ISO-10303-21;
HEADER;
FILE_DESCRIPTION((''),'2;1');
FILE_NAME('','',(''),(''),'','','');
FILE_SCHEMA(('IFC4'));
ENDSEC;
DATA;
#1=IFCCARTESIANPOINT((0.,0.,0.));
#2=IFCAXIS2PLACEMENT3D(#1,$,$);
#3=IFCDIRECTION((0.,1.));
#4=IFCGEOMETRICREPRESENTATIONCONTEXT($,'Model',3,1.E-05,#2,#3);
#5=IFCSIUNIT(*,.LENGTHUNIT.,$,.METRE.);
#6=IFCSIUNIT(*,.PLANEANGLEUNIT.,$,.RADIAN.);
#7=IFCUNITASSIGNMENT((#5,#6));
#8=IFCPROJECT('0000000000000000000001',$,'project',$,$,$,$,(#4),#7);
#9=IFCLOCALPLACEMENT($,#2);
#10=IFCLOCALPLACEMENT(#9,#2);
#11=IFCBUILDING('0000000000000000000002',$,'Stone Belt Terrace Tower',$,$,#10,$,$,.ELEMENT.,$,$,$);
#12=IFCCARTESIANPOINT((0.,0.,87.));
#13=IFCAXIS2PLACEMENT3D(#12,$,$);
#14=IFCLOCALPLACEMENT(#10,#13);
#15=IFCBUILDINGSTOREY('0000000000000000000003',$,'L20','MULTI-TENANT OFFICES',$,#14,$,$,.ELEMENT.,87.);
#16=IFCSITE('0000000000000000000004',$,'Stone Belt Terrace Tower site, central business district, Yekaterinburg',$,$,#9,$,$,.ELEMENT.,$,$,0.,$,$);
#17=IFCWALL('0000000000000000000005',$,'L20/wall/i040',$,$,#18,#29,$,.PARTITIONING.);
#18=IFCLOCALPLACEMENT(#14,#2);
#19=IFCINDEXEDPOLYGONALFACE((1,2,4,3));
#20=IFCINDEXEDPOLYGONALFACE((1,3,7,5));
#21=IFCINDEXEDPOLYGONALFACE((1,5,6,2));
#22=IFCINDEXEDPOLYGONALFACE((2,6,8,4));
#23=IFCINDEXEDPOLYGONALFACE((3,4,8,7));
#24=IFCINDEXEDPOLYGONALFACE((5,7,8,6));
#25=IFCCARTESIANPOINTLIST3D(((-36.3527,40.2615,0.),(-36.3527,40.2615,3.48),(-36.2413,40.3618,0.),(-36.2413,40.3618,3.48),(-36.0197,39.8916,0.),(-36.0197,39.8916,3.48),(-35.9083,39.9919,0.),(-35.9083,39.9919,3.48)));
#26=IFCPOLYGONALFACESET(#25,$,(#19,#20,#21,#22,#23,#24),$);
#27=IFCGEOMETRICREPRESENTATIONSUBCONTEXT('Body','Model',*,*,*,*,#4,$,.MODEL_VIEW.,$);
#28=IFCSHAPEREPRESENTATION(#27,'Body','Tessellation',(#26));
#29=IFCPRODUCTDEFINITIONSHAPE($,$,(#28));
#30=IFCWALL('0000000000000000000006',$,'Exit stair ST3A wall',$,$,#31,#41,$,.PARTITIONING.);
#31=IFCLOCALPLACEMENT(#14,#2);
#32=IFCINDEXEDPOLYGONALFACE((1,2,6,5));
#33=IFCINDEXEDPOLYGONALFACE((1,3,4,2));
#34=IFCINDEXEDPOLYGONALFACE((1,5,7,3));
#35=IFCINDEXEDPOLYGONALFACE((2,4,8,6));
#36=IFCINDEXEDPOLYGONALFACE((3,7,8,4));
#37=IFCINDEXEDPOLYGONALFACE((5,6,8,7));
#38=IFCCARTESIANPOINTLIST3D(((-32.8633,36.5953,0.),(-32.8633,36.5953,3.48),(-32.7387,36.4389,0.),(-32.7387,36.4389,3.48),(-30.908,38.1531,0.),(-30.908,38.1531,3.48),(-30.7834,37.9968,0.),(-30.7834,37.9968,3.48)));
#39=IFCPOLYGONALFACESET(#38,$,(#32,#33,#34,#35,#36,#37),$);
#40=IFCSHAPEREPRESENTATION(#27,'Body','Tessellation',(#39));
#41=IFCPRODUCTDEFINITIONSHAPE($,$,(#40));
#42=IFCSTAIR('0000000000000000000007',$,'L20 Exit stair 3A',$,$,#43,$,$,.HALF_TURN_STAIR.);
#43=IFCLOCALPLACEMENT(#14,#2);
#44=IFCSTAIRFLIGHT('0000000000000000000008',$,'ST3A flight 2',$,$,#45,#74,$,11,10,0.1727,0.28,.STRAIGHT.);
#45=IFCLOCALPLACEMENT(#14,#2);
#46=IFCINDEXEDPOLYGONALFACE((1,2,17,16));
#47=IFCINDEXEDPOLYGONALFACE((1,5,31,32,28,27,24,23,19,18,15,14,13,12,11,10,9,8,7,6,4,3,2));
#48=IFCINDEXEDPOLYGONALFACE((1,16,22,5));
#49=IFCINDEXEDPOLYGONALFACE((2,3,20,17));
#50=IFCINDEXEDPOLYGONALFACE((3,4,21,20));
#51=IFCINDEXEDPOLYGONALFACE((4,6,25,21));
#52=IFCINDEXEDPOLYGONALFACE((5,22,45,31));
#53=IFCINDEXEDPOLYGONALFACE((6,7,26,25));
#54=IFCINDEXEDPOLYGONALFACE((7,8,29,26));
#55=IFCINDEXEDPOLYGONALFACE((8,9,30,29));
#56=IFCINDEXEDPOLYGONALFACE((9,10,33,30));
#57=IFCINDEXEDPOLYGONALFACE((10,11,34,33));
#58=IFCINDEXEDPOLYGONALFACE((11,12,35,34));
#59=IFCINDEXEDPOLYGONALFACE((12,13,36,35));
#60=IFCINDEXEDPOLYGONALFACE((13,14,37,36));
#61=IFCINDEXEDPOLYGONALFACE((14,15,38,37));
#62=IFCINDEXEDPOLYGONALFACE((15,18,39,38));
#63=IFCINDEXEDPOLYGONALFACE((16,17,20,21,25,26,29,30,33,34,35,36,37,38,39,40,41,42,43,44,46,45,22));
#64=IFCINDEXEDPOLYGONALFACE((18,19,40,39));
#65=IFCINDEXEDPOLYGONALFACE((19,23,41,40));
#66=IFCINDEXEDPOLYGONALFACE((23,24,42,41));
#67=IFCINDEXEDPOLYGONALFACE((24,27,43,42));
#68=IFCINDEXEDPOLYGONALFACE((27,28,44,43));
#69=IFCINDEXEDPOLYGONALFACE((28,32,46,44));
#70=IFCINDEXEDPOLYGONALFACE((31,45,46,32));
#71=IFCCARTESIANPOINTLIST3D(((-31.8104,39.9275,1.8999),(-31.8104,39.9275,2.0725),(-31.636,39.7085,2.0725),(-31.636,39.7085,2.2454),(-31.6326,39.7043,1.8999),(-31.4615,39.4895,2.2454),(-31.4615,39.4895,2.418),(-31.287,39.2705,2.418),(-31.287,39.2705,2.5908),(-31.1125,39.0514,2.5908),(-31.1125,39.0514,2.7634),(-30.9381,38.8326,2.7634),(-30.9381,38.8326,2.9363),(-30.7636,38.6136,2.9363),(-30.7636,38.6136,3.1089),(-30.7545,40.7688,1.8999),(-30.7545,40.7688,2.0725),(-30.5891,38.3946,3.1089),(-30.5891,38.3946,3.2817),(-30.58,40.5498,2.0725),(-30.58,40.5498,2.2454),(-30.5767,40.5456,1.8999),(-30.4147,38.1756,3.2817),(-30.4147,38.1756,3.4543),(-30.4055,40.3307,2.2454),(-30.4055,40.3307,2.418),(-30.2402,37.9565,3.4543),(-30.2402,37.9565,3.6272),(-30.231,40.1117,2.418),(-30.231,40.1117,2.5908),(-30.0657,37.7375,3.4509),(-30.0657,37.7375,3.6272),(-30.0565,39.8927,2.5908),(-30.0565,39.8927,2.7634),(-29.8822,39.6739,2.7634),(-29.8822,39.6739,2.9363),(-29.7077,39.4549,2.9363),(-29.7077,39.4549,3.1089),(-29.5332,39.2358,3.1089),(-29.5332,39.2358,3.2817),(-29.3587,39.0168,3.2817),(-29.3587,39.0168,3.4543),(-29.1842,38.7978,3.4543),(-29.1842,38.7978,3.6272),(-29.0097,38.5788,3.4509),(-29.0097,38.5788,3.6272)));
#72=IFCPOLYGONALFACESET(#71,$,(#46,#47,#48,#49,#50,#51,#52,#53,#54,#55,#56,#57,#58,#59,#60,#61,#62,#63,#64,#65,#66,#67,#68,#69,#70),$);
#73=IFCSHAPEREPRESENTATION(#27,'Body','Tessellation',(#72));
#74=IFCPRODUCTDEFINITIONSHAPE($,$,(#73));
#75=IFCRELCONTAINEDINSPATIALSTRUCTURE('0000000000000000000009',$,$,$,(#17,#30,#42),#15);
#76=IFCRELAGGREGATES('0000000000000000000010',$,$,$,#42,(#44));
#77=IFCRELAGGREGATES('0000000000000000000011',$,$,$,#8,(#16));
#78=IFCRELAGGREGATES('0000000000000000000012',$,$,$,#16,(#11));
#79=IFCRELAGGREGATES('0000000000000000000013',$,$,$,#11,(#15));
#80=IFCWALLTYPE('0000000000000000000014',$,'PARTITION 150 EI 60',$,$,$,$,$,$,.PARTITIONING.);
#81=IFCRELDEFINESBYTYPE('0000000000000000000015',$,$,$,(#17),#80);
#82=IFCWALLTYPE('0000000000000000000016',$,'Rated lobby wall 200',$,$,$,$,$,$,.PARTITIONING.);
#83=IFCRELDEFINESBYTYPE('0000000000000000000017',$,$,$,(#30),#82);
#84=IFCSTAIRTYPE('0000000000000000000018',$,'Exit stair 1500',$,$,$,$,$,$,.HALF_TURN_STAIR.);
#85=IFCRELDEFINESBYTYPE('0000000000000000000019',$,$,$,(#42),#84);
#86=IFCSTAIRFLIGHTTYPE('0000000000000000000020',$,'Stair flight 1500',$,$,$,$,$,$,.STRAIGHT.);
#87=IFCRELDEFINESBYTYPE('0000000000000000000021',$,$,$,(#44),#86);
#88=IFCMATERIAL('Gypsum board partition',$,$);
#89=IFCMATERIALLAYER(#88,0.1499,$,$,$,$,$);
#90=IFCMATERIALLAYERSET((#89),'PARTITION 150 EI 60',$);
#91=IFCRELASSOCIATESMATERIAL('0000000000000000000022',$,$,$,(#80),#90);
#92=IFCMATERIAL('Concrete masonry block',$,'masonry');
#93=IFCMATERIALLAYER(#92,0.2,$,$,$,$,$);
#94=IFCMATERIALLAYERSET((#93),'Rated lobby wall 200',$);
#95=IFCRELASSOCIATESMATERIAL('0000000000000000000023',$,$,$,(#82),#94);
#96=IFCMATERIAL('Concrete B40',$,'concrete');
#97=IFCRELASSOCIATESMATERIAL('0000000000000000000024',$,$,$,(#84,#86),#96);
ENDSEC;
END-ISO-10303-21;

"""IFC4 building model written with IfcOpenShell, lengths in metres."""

from ifc_helpers import new_model, si_unit, direction, frame, frame_2d, origin, place, context, subcontext, project, spatial, polyline, rectangle, outline, extrude, material, layer, layer_set, type_object, element, aggregate, save


model = new_model("IFC4")

# Units and contexts
model_context = context("Model", 3, precision=1e-05, world=origin(), true_north=direction((0.0, 1.0)))
body_context = subcontext(model_context, "Body", "Model", "MODEL_VIEW")
ifc_project = project(units=[si_unit("LENGTHUNIT", "METRE"), si_unit("PLANEANGLEUNIT", "RADIAN")], contexts=[model_context])

# Site, building, storey
site_placement = place(None, origin())
site = spatial("IfcSite", under=ifc_project, at=site_placement, Name="Stone Belt Terrace Tower site, central business district, Yekaterinburg", CompositionType="ELEMENT", RefElevation=0.0)
building_placement = place(site_placement, origin())
building = spatial("IfcBuilding", under=site, at=building_placement, Name="Stone Belt Terrace Tower", CompositionType="ELEMENT")
storey_placement = place(building_placement, frame((0.0, 0.0, 87.0)))
storey = spatial("IfcBuildingStorey", under=building, at=storey_placement, Name="L20", Description="MULTI-TENANT OFFICES", CompositionType="ELEMENT", Elevation=87.0)

# Shared definitions
ifc_material_1 = material(Name="Gypsum board partition")

# Shared definitions
ifc_layer_1 = layer(ifc_material_1, 0.1499)
ifc_layer_set_1 = layer_set([ifc_layer_1], Name="PARTITION 150 EI 60")
wall_type_1 = type_object("IfcWallType", Name="PARTITION 150 EI 60", PredefinedType="PARTITIONING", material=ifc_layer_set_1)

# Walls
wall_1_placement = place(storey_placement, frame((-36.2971, 40.3118, 0.0), z_axis=(0.0, 0.0, 1.0), x_axis=(0.6691, -0.743172, 0.0)))
element("IfcWall", 1, at=wall_1_placement, inside=storey, type_object=wall_type_1, Name="L20/wall/i040", PredefinedType="PARTITIONING", context=body_context, shape_type="SweptSolid", body=[
    extrude(rectangle(XDim=0.4978, YDim=0.1499, at=frame_2d((0.249, 0.0))), origin(), (0.0, 0.0, 1.0), 3.48),
])
ifc_material_2 = material(Name="Concrete masonry block", Category="masonry")
ifc_layer_2 = layer(ifc_material_2, 0.2)
ifc_layer_set_2 = layer_set([ifc_layer_2], Name="Rated lobby wall 200")
wall_type_2 = type_object("IfcWallType", Name="Rated lobby wall 200", PredefinedType="PARTITIONING", material=ifc_layer_set_2)
wall_2_placement = place(storey_placement, frame((-30.8457, 38.075, 0.0), z_axis=(0.0, 0.0, 1.0), x_axis=(-0.782115, -0.623134, 0.0)))
element("IfcWall", 2, at=wall_2_placement, inside=storey, type_object=wall_type_2, Name="Exit stair ST3A wall", PredefinedType="PARTITIONING", context=body_context, shape_type="SweptSolid", body=[
    extrude(rectangle(XDim=2.5, YDim=0.2, at=frame_2d((1.25, 0.0))), origin(), (0.0, 0.0, 1.0), 3.48),
])

# Stair, stair flight
ifc_material_3 = material(Name="Concrete B40", Category="concrete")
stair_type = type_object("IfcStairType", Name="Exit stair 1500", PredefinedType="HALF_TURN_STAIR", material=ifc_material_3)
stair_placement = place(storey_placement, origin())
stair = element("IfcStair", 3, at=stair_placement, inside=storey, type_object=stair_type, Name="L20 Exit stair 3A", PredefinedType="HALF_TURN_STAIR")
stair_flight_type = type_object("IfcStairFlightType", Name="Stair flight 1500", PredefinedType="STRAIGHT", material=ifc_material_3)
stair_flight_placement = place(storey_placement, frame((-31.2825, 40.3481, 1.8999), z_axis=(0.0, 0.0, 1.0), x_axis=(0.623121, -0.782125, 0.0)))
stair_flight = element("IfcStairFlight", 4, at=stair_flight_placement, type_object=stair_flight_type, Name="ST3A flight 2", NumberOfRisers=11, NumberOfTreads=10, PredefinedType="STRAIGHT", RiserHeight=0.1727, TreadLength=0.28, context=body_context, shape_type="SweptSolid", body=[
    extrude(outline(polyline([(0.0, 0.0), (0.0, 0.1726), (0.28, 0.1726), (0.28, 0.3455), (0.5601, 0.3455), (0.5601, 0.5181), (0.8401, 0.5181), (0.8401, 0.6909), (1.1201, 0.6909), (1.1201, 0.8635), (1.3999, 0.8635), (1.3999, 1.0364), (1.6799, 1.0364), (1.6799, 1.209), (1.96, 1.209), (1.96, 1.3818), (2.24, 1.3818), (2.24, 1.5544), (2.52, 1.5544), (2.52, 1.7273), (2.8, 1.7273), (2.8, 1.8999), (2.8, 1.551), (0.2854, 0.0), (0.0, 0.0)])), frame((0.0, 0.675, 0.0), z_axis=(0.0, -1.0, 0.0), x_axis=(1.0, 0.0, 0.0)), (0.0, 0.0, 1.0), 1.3501),
])
aggregate(stair, [stair_flight])

save(model, "model.ifc")
